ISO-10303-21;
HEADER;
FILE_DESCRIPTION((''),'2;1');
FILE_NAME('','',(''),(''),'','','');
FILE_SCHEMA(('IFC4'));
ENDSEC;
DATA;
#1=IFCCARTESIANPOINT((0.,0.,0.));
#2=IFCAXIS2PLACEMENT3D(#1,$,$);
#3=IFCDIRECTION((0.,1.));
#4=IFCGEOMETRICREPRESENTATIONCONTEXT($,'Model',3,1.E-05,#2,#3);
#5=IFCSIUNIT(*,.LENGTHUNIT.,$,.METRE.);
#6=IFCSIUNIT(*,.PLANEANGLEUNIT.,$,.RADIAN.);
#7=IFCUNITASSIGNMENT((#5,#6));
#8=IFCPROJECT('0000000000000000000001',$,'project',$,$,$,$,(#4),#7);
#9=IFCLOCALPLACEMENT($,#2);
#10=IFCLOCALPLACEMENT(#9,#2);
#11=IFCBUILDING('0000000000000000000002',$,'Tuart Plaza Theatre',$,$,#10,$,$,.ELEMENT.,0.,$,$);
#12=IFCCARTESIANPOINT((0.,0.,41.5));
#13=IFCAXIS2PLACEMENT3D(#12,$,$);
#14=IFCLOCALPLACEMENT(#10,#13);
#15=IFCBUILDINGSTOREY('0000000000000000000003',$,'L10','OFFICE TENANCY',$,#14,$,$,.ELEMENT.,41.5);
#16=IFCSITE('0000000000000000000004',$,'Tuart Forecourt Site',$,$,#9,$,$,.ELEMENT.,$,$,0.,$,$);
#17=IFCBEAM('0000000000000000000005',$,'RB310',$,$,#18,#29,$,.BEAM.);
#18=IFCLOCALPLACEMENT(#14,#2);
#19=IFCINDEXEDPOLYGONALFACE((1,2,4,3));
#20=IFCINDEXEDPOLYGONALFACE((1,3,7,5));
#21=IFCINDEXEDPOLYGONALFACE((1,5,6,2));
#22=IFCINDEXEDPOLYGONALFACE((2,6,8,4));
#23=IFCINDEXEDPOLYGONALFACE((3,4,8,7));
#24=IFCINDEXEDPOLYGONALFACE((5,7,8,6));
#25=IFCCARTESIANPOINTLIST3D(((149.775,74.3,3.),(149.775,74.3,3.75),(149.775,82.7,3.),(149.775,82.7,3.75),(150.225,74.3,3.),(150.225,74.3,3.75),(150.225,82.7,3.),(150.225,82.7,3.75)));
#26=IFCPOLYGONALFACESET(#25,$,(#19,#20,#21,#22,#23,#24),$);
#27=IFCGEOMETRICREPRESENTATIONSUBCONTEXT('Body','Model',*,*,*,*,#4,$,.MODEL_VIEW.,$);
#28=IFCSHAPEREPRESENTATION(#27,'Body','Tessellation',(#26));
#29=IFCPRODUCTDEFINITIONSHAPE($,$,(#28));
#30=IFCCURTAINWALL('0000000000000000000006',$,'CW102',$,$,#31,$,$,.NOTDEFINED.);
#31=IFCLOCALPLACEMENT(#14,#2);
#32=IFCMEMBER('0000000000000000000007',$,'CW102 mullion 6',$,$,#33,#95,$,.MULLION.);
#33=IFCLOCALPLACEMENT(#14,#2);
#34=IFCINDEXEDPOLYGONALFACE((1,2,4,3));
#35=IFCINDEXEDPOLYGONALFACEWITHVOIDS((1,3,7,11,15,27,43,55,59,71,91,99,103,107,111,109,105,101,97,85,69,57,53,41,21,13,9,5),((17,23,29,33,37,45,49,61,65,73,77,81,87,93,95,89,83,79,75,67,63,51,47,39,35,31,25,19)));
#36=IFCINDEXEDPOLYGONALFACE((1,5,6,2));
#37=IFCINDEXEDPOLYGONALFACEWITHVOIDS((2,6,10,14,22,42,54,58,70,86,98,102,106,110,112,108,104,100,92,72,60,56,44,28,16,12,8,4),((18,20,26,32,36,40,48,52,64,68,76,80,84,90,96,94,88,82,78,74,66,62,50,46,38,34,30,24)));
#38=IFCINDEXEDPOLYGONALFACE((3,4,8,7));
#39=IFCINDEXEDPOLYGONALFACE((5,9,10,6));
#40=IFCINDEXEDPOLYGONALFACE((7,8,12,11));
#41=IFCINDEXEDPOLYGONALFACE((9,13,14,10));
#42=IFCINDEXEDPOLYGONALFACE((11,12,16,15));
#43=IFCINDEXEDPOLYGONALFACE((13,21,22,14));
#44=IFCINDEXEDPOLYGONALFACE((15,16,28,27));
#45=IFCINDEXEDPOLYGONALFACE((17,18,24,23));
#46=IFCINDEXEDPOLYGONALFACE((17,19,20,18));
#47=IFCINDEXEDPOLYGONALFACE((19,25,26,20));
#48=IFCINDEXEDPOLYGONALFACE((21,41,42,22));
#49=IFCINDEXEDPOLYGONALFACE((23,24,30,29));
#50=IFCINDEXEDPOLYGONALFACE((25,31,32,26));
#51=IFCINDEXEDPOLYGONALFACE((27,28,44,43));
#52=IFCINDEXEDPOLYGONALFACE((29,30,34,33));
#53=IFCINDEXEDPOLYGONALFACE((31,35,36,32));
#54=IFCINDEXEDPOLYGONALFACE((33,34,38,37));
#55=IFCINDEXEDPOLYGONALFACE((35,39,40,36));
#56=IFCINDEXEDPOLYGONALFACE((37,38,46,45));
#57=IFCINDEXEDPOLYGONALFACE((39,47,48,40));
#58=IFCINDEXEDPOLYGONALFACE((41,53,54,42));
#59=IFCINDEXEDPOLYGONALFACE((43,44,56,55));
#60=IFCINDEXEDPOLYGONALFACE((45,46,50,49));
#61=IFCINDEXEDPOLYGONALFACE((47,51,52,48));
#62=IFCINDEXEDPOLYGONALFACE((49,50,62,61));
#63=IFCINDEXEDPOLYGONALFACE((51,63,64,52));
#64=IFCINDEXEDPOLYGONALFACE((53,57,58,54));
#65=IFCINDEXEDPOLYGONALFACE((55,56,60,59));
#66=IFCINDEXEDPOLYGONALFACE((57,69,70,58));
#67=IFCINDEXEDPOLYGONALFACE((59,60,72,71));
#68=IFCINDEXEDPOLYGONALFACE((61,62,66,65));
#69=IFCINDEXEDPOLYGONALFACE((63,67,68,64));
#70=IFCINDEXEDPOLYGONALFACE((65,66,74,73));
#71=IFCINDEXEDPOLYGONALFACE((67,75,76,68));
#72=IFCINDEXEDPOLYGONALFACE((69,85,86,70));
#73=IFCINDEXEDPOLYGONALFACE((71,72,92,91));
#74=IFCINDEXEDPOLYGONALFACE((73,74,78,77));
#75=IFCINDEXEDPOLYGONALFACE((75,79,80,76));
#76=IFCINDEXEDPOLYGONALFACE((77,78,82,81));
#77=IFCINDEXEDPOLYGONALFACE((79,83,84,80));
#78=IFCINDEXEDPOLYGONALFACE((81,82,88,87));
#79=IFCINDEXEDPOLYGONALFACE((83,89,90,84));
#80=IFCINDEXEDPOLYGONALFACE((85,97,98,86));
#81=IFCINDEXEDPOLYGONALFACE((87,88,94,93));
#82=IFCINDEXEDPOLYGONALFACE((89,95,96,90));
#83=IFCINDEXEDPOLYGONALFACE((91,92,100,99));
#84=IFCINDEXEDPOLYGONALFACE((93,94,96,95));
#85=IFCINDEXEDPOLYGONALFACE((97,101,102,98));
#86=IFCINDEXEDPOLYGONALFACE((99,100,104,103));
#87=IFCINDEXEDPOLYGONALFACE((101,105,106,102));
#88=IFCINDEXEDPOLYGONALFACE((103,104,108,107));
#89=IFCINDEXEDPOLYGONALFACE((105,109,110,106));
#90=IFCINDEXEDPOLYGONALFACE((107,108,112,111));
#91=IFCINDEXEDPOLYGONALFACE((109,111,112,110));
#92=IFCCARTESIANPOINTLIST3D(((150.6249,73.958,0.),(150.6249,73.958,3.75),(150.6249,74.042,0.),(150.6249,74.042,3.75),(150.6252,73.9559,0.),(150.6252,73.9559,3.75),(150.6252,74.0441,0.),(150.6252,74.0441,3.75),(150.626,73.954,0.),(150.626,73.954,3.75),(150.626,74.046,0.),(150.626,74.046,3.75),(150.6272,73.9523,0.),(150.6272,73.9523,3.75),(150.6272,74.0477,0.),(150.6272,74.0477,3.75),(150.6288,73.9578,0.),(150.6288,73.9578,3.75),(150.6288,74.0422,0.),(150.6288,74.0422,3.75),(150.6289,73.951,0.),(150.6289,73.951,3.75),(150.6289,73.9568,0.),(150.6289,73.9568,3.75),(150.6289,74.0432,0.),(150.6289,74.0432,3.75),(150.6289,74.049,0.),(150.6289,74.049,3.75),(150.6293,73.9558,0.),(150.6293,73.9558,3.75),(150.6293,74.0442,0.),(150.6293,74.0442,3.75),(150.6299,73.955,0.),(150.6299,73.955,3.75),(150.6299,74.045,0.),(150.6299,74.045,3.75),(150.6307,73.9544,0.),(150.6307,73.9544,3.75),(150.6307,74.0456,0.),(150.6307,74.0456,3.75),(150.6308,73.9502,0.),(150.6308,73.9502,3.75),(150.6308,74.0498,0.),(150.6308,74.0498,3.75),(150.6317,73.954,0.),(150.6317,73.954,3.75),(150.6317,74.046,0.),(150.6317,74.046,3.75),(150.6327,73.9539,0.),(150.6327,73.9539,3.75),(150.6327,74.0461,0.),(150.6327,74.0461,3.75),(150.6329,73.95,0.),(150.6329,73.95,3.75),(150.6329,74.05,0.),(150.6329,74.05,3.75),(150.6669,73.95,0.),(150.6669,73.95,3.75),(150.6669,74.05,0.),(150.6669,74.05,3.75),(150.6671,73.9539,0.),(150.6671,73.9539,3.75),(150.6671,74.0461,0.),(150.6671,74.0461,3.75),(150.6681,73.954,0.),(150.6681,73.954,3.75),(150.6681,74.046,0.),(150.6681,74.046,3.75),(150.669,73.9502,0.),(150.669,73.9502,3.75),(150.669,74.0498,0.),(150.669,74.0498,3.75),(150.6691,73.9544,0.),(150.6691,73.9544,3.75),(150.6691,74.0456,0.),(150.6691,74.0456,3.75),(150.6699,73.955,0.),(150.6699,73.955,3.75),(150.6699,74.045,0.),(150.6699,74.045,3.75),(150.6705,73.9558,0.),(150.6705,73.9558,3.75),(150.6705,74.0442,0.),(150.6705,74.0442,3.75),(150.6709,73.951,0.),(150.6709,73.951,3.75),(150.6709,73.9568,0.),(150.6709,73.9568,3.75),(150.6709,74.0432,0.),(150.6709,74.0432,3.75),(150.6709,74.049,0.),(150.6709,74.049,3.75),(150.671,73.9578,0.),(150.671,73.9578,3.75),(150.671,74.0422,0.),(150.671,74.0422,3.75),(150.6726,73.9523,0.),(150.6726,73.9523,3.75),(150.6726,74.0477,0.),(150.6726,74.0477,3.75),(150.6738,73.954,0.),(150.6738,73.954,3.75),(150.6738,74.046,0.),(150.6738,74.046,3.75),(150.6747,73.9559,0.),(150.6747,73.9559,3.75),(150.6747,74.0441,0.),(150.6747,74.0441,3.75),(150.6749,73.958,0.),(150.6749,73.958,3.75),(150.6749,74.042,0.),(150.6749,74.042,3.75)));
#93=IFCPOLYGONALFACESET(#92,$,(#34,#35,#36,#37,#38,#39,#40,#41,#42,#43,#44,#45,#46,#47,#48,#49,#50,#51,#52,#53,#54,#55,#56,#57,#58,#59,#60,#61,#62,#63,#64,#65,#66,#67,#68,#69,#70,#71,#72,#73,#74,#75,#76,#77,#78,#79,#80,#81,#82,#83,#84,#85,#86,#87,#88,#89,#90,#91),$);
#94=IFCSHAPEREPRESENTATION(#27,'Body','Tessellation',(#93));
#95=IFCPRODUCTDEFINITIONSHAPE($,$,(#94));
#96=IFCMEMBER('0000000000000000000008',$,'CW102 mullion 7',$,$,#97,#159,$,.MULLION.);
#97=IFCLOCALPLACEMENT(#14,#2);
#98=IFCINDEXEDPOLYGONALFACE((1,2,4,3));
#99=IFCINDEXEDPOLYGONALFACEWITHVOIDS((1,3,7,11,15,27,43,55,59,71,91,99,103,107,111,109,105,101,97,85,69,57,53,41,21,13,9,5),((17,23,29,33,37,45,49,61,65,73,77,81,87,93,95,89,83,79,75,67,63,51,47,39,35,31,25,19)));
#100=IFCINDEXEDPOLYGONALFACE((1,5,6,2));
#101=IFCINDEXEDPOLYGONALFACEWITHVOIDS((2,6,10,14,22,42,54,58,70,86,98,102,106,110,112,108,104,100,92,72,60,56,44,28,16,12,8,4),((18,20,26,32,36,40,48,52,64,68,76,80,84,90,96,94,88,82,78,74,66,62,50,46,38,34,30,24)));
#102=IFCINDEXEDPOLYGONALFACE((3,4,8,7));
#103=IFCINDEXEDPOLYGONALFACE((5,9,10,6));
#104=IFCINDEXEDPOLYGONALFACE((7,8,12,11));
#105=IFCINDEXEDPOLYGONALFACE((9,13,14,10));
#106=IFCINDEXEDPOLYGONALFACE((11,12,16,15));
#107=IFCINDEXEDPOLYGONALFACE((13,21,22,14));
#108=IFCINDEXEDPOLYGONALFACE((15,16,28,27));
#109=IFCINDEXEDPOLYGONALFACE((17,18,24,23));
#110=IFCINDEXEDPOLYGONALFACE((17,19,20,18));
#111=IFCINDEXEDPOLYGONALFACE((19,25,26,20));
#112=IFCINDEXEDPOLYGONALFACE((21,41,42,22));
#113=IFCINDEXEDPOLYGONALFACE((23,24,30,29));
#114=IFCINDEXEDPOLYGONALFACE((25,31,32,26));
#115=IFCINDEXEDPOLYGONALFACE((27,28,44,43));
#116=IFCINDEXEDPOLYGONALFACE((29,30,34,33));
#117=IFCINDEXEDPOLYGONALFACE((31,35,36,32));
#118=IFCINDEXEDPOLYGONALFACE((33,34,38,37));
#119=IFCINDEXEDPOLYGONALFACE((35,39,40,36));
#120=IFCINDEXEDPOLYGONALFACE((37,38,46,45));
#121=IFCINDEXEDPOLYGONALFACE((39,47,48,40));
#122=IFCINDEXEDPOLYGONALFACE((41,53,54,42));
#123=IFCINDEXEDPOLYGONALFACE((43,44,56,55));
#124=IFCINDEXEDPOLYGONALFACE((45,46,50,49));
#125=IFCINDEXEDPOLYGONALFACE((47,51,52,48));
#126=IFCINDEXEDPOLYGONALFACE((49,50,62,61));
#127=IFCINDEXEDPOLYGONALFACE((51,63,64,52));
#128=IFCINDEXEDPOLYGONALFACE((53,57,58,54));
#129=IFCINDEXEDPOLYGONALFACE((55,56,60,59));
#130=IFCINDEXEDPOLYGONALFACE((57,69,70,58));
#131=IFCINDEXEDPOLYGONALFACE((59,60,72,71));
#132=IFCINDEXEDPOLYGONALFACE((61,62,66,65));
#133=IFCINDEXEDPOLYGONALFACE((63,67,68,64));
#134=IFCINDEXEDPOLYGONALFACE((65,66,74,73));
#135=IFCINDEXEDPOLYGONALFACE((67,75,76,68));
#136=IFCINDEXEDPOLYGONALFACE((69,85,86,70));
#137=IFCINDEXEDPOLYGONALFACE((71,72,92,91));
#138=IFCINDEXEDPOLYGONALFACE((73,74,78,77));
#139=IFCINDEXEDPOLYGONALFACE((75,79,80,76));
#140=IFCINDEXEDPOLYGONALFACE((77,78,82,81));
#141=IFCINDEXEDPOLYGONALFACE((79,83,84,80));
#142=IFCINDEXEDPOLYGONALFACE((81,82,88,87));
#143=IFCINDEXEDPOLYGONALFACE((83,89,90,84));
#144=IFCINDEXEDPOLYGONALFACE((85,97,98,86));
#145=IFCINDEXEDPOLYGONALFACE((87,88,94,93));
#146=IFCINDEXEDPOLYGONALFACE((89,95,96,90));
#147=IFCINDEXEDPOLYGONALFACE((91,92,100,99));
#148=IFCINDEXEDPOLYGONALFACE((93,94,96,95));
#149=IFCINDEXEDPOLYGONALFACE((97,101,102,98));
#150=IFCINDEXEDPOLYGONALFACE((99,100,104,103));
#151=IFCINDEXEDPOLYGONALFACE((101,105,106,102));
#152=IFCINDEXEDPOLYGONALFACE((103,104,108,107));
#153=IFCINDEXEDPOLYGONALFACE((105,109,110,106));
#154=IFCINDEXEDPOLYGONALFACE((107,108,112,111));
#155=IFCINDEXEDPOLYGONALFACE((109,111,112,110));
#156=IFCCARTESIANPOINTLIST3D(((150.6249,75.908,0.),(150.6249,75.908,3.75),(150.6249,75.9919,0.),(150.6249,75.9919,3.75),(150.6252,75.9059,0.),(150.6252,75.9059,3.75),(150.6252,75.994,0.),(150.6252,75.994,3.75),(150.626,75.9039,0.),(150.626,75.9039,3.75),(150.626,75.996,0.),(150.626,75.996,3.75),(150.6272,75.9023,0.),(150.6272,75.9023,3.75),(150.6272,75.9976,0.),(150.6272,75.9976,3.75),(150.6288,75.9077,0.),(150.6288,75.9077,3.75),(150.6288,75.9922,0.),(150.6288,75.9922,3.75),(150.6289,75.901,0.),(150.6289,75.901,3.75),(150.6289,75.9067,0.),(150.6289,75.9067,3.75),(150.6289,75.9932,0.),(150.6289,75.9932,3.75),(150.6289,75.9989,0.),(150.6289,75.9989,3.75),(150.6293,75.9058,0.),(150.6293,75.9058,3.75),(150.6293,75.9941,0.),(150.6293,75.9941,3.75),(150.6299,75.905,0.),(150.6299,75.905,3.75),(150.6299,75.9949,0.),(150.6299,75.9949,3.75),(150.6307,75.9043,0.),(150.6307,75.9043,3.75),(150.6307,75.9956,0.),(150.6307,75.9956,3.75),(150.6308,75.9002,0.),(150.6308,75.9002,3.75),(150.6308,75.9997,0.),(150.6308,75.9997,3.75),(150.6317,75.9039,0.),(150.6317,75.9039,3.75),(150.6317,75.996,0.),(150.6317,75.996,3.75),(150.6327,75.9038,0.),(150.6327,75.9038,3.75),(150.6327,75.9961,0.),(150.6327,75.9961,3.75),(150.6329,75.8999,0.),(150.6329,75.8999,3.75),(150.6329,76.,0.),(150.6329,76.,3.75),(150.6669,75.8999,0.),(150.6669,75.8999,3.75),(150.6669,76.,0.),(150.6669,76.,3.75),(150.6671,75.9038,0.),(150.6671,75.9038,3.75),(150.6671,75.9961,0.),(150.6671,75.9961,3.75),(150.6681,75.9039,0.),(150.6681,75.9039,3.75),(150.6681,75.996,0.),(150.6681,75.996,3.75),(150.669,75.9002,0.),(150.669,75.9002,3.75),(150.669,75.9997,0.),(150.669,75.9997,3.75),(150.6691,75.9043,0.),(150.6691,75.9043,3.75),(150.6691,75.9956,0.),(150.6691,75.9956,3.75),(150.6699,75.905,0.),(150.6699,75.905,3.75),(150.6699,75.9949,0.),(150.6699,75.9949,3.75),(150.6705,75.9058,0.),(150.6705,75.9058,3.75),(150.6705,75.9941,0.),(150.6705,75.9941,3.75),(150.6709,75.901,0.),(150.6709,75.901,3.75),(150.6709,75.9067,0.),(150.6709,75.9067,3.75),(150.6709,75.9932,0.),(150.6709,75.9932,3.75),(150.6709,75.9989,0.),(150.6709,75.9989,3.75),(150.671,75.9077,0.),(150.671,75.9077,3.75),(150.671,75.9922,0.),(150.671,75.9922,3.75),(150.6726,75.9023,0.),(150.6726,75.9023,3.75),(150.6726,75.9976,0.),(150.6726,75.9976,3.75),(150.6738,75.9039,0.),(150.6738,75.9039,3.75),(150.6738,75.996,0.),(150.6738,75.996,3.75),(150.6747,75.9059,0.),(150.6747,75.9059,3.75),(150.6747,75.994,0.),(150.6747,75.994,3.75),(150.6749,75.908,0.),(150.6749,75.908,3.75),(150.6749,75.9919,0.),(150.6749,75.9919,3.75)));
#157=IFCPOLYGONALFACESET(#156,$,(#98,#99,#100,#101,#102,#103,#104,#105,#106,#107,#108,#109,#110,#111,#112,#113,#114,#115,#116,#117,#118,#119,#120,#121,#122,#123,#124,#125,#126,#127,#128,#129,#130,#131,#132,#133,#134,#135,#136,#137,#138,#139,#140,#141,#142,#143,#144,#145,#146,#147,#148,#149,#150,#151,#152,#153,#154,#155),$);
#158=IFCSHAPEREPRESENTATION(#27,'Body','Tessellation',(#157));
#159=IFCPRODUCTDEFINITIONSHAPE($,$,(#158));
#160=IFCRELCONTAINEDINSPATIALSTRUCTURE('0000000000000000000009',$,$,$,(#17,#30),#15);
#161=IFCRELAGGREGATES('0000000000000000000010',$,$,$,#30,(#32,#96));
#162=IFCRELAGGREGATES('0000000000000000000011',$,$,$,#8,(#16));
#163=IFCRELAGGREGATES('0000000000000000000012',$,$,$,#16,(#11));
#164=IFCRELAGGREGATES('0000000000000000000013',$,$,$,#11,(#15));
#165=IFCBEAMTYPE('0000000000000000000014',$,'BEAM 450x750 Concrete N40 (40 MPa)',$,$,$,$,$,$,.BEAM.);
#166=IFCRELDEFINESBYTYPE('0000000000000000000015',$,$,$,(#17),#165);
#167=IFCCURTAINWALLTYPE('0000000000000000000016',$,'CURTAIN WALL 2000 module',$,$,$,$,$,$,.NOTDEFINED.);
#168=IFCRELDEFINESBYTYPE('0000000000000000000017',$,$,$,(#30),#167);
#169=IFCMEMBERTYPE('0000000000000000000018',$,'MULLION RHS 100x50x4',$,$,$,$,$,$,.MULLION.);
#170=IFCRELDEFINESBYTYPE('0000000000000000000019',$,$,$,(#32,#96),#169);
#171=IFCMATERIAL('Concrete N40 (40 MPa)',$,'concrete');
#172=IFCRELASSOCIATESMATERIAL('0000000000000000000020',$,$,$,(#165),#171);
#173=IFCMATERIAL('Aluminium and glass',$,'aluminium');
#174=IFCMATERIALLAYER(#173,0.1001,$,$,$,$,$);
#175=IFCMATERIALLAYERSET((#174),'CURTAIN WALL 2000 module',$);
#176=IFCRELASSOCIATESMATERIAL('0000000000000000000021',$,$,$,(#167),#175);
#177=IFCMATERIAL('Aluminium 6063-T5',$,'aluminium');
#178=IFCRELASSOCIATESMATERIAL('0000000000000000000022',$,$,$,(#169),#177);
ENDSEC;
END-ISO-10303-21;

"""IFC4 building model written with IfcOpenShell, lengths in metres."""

from ifc_helpers import new_model, si_unit, direction, frame, origin, origin_2d, place, context, subcontext, project, spatial, rectangle, hollow_rectangle, extrude, material, layer, layer_set, material_profile, profile_set, type_object, element, aggregate, save


model = new_model("IFC4")

# Units and contexts
model_context = context("Model", 3, precision=1e-05, world=origin(), true_north=direction((0.0, 1.0)))
body_context = subcontext(model_context, "Body", "Model", "MODEL_VIEW")
ifc_project = project(units=[si_unit("LENGTHUNIT", "METRE"), si_unit("PLANEANGLEUNIT", "RADIAN")], contexts=[model_context])

# Site, building, storey
site_placement = place(None, origin())
site = spatial("IfcSite", under=ifc_project, at=site_placement, Name="Tuart Forecourt Site", CompositionType="ELEMENT", RefElevation=0.0)
building_placement = place(site_placement, origin())
building = spatial("IfcBuilding", under=site, at=building_placement, Name="Tuart Plaza Theatre", CompositionType="ELEMENT", ElevationOfRefHeight=0.0)
storey_placement = place(building_placement, frame((0.0, 0.0, 41.5)))
storey = spatial("IfcBuildingStorey", under=building, at=storey_placement, Name="L10", Description="OFFICE TENANCY", CompositionType="ELEMENT", Elevation=41.5)

# Beam
ifc_material_1 = material(Name="Concrete N40 (40 MPa)", Category="concrete")
ifc_material_profile_1 = material_profile(ifc_material_1, rectangle(XDim=0.45, YDim=0.75, at=origin_2d()), Name="BEAM 450x750 Concrete N40 (40 MPa)")
ifc_profile_set_1 = profile_set([ifc_material_profile_1], Name="Concrete N40 (40 MPa)")
beam_type = type_object("IfcBeamType", Name="BEAM 450x750 Concrete N40 (40 MPa)", PredefinedType="BEAM", material=ifc_profile_set_1)
beam_placement = place(storey_placement, frame((150.0, 74.3, 3.375), z_axis=(0.0, 1.0, 0.0), x_axis=(-1.0, 0.0, 0.0)))
element("IfcBeam", 1, at=beam_placement, inside=storey, type_object=beam_type, Name="RB310", PredefinedType="BEAM", context=body_context, shape_type="SweptSolid", body=[
    extrude(rectangle(XDim=0.45, YDim=0.75, at=origin_2d()), origin(), (0.0, 0.0, 1.0), 8.3999),
])

# Curtain wall, members
ifc_material_2 = material(Name="Aluminium and glass", Category="aluminium")
ifc_layer_1 = layer(ifc_material_2, 0.1001)
ifc_layer_set_1 = layer_set([ifc_layer_1], Name="CURTAIN WALL 2000 module")
curtain_wall_type = type_object("IfcCurtainWallType", Name="CURTAIN WALL 2000 module", PredefinedType="NOTDEFINED", material=ifc_layer_set_1)
curtain_wall_placement = place(storey_placement, origin())
curtain_wall = element("IfcCurtainWall", 2, at=curtain_wall_placement, inside=storey, type_object=curtain_wall_type, Name="CW102", PredefinedType="NOTDEFINED")
ifc_material_3 = material(Name="Aluminium 6063-T5", Category="aluminium")
ifc_material_profile_2 = material_profile(ifc_material_3, hollow_rectangle(XDim=0.05, YDim=0.1001, WallThickness=0.0039, InnerFilletRadius=0.0039, OuterFilletRadius=0.0081, at=origin_2d()), Name="RHS 100x50x4")
ifc_profile_set_2 = profile_set([ifc_material_profile_2], Name="Aluminium 6063-T5")
member_type_1 = type_object("IfcMemberType", Name="MULLION RHS 100x50x4", PredefinedType="MULLION", material=ifc_profile_set_2)
member_1_placement = place(storey_placement, frame((150.6499, 74.0, 0.0), z_axis=(0.0, 0.0, 1.0), x_axis=(-1.0, 0.0, 0.0)))
member_1 = element("IfcMember", 3, at=member_1_placement, type_object=member_type_1, Name="CW102 mullion 6", PredefinedType="MULLION", context=body_context, shape_type="SweptSolid", body=[
    extrude(hollow_rectangle(XDim=0.05, YDim=0.1001, WallThickness=0.0039, InnerFilletRadius=0.0039, OuterFilletRadius=0.0081, at=origin_2d()), origin(), (0.0, 0.0, 1.0), 3.75),
])
member_2_placement = place(storey_placement, frame((150.6499, 75.95, 0.0), z_axis=(0.0, 0.0, 1.0), x_axis=(-1.0, 0.0, 0.0)))
member_2 = element("IfcMember", 4, at=member_2_placement, type_object=member_type_1, Name="CW102 mullion 7", PredefinedType="MULLION", context=body_context, shape_type="SweptSolid", body=[
    extrude(hollow_rectangle(XDim=0.05, YDim=0.1001, WallThickness=0.0039, InnerFilletRadius=0.0039, OuterFilletRadius=0.0081, at=origin_2d()), origin(), (0.0, 0.0, 1.0), 3.75),
])
aggregate(curtain_wall, [member_1, member_2])

save(model, "model.ifc")
